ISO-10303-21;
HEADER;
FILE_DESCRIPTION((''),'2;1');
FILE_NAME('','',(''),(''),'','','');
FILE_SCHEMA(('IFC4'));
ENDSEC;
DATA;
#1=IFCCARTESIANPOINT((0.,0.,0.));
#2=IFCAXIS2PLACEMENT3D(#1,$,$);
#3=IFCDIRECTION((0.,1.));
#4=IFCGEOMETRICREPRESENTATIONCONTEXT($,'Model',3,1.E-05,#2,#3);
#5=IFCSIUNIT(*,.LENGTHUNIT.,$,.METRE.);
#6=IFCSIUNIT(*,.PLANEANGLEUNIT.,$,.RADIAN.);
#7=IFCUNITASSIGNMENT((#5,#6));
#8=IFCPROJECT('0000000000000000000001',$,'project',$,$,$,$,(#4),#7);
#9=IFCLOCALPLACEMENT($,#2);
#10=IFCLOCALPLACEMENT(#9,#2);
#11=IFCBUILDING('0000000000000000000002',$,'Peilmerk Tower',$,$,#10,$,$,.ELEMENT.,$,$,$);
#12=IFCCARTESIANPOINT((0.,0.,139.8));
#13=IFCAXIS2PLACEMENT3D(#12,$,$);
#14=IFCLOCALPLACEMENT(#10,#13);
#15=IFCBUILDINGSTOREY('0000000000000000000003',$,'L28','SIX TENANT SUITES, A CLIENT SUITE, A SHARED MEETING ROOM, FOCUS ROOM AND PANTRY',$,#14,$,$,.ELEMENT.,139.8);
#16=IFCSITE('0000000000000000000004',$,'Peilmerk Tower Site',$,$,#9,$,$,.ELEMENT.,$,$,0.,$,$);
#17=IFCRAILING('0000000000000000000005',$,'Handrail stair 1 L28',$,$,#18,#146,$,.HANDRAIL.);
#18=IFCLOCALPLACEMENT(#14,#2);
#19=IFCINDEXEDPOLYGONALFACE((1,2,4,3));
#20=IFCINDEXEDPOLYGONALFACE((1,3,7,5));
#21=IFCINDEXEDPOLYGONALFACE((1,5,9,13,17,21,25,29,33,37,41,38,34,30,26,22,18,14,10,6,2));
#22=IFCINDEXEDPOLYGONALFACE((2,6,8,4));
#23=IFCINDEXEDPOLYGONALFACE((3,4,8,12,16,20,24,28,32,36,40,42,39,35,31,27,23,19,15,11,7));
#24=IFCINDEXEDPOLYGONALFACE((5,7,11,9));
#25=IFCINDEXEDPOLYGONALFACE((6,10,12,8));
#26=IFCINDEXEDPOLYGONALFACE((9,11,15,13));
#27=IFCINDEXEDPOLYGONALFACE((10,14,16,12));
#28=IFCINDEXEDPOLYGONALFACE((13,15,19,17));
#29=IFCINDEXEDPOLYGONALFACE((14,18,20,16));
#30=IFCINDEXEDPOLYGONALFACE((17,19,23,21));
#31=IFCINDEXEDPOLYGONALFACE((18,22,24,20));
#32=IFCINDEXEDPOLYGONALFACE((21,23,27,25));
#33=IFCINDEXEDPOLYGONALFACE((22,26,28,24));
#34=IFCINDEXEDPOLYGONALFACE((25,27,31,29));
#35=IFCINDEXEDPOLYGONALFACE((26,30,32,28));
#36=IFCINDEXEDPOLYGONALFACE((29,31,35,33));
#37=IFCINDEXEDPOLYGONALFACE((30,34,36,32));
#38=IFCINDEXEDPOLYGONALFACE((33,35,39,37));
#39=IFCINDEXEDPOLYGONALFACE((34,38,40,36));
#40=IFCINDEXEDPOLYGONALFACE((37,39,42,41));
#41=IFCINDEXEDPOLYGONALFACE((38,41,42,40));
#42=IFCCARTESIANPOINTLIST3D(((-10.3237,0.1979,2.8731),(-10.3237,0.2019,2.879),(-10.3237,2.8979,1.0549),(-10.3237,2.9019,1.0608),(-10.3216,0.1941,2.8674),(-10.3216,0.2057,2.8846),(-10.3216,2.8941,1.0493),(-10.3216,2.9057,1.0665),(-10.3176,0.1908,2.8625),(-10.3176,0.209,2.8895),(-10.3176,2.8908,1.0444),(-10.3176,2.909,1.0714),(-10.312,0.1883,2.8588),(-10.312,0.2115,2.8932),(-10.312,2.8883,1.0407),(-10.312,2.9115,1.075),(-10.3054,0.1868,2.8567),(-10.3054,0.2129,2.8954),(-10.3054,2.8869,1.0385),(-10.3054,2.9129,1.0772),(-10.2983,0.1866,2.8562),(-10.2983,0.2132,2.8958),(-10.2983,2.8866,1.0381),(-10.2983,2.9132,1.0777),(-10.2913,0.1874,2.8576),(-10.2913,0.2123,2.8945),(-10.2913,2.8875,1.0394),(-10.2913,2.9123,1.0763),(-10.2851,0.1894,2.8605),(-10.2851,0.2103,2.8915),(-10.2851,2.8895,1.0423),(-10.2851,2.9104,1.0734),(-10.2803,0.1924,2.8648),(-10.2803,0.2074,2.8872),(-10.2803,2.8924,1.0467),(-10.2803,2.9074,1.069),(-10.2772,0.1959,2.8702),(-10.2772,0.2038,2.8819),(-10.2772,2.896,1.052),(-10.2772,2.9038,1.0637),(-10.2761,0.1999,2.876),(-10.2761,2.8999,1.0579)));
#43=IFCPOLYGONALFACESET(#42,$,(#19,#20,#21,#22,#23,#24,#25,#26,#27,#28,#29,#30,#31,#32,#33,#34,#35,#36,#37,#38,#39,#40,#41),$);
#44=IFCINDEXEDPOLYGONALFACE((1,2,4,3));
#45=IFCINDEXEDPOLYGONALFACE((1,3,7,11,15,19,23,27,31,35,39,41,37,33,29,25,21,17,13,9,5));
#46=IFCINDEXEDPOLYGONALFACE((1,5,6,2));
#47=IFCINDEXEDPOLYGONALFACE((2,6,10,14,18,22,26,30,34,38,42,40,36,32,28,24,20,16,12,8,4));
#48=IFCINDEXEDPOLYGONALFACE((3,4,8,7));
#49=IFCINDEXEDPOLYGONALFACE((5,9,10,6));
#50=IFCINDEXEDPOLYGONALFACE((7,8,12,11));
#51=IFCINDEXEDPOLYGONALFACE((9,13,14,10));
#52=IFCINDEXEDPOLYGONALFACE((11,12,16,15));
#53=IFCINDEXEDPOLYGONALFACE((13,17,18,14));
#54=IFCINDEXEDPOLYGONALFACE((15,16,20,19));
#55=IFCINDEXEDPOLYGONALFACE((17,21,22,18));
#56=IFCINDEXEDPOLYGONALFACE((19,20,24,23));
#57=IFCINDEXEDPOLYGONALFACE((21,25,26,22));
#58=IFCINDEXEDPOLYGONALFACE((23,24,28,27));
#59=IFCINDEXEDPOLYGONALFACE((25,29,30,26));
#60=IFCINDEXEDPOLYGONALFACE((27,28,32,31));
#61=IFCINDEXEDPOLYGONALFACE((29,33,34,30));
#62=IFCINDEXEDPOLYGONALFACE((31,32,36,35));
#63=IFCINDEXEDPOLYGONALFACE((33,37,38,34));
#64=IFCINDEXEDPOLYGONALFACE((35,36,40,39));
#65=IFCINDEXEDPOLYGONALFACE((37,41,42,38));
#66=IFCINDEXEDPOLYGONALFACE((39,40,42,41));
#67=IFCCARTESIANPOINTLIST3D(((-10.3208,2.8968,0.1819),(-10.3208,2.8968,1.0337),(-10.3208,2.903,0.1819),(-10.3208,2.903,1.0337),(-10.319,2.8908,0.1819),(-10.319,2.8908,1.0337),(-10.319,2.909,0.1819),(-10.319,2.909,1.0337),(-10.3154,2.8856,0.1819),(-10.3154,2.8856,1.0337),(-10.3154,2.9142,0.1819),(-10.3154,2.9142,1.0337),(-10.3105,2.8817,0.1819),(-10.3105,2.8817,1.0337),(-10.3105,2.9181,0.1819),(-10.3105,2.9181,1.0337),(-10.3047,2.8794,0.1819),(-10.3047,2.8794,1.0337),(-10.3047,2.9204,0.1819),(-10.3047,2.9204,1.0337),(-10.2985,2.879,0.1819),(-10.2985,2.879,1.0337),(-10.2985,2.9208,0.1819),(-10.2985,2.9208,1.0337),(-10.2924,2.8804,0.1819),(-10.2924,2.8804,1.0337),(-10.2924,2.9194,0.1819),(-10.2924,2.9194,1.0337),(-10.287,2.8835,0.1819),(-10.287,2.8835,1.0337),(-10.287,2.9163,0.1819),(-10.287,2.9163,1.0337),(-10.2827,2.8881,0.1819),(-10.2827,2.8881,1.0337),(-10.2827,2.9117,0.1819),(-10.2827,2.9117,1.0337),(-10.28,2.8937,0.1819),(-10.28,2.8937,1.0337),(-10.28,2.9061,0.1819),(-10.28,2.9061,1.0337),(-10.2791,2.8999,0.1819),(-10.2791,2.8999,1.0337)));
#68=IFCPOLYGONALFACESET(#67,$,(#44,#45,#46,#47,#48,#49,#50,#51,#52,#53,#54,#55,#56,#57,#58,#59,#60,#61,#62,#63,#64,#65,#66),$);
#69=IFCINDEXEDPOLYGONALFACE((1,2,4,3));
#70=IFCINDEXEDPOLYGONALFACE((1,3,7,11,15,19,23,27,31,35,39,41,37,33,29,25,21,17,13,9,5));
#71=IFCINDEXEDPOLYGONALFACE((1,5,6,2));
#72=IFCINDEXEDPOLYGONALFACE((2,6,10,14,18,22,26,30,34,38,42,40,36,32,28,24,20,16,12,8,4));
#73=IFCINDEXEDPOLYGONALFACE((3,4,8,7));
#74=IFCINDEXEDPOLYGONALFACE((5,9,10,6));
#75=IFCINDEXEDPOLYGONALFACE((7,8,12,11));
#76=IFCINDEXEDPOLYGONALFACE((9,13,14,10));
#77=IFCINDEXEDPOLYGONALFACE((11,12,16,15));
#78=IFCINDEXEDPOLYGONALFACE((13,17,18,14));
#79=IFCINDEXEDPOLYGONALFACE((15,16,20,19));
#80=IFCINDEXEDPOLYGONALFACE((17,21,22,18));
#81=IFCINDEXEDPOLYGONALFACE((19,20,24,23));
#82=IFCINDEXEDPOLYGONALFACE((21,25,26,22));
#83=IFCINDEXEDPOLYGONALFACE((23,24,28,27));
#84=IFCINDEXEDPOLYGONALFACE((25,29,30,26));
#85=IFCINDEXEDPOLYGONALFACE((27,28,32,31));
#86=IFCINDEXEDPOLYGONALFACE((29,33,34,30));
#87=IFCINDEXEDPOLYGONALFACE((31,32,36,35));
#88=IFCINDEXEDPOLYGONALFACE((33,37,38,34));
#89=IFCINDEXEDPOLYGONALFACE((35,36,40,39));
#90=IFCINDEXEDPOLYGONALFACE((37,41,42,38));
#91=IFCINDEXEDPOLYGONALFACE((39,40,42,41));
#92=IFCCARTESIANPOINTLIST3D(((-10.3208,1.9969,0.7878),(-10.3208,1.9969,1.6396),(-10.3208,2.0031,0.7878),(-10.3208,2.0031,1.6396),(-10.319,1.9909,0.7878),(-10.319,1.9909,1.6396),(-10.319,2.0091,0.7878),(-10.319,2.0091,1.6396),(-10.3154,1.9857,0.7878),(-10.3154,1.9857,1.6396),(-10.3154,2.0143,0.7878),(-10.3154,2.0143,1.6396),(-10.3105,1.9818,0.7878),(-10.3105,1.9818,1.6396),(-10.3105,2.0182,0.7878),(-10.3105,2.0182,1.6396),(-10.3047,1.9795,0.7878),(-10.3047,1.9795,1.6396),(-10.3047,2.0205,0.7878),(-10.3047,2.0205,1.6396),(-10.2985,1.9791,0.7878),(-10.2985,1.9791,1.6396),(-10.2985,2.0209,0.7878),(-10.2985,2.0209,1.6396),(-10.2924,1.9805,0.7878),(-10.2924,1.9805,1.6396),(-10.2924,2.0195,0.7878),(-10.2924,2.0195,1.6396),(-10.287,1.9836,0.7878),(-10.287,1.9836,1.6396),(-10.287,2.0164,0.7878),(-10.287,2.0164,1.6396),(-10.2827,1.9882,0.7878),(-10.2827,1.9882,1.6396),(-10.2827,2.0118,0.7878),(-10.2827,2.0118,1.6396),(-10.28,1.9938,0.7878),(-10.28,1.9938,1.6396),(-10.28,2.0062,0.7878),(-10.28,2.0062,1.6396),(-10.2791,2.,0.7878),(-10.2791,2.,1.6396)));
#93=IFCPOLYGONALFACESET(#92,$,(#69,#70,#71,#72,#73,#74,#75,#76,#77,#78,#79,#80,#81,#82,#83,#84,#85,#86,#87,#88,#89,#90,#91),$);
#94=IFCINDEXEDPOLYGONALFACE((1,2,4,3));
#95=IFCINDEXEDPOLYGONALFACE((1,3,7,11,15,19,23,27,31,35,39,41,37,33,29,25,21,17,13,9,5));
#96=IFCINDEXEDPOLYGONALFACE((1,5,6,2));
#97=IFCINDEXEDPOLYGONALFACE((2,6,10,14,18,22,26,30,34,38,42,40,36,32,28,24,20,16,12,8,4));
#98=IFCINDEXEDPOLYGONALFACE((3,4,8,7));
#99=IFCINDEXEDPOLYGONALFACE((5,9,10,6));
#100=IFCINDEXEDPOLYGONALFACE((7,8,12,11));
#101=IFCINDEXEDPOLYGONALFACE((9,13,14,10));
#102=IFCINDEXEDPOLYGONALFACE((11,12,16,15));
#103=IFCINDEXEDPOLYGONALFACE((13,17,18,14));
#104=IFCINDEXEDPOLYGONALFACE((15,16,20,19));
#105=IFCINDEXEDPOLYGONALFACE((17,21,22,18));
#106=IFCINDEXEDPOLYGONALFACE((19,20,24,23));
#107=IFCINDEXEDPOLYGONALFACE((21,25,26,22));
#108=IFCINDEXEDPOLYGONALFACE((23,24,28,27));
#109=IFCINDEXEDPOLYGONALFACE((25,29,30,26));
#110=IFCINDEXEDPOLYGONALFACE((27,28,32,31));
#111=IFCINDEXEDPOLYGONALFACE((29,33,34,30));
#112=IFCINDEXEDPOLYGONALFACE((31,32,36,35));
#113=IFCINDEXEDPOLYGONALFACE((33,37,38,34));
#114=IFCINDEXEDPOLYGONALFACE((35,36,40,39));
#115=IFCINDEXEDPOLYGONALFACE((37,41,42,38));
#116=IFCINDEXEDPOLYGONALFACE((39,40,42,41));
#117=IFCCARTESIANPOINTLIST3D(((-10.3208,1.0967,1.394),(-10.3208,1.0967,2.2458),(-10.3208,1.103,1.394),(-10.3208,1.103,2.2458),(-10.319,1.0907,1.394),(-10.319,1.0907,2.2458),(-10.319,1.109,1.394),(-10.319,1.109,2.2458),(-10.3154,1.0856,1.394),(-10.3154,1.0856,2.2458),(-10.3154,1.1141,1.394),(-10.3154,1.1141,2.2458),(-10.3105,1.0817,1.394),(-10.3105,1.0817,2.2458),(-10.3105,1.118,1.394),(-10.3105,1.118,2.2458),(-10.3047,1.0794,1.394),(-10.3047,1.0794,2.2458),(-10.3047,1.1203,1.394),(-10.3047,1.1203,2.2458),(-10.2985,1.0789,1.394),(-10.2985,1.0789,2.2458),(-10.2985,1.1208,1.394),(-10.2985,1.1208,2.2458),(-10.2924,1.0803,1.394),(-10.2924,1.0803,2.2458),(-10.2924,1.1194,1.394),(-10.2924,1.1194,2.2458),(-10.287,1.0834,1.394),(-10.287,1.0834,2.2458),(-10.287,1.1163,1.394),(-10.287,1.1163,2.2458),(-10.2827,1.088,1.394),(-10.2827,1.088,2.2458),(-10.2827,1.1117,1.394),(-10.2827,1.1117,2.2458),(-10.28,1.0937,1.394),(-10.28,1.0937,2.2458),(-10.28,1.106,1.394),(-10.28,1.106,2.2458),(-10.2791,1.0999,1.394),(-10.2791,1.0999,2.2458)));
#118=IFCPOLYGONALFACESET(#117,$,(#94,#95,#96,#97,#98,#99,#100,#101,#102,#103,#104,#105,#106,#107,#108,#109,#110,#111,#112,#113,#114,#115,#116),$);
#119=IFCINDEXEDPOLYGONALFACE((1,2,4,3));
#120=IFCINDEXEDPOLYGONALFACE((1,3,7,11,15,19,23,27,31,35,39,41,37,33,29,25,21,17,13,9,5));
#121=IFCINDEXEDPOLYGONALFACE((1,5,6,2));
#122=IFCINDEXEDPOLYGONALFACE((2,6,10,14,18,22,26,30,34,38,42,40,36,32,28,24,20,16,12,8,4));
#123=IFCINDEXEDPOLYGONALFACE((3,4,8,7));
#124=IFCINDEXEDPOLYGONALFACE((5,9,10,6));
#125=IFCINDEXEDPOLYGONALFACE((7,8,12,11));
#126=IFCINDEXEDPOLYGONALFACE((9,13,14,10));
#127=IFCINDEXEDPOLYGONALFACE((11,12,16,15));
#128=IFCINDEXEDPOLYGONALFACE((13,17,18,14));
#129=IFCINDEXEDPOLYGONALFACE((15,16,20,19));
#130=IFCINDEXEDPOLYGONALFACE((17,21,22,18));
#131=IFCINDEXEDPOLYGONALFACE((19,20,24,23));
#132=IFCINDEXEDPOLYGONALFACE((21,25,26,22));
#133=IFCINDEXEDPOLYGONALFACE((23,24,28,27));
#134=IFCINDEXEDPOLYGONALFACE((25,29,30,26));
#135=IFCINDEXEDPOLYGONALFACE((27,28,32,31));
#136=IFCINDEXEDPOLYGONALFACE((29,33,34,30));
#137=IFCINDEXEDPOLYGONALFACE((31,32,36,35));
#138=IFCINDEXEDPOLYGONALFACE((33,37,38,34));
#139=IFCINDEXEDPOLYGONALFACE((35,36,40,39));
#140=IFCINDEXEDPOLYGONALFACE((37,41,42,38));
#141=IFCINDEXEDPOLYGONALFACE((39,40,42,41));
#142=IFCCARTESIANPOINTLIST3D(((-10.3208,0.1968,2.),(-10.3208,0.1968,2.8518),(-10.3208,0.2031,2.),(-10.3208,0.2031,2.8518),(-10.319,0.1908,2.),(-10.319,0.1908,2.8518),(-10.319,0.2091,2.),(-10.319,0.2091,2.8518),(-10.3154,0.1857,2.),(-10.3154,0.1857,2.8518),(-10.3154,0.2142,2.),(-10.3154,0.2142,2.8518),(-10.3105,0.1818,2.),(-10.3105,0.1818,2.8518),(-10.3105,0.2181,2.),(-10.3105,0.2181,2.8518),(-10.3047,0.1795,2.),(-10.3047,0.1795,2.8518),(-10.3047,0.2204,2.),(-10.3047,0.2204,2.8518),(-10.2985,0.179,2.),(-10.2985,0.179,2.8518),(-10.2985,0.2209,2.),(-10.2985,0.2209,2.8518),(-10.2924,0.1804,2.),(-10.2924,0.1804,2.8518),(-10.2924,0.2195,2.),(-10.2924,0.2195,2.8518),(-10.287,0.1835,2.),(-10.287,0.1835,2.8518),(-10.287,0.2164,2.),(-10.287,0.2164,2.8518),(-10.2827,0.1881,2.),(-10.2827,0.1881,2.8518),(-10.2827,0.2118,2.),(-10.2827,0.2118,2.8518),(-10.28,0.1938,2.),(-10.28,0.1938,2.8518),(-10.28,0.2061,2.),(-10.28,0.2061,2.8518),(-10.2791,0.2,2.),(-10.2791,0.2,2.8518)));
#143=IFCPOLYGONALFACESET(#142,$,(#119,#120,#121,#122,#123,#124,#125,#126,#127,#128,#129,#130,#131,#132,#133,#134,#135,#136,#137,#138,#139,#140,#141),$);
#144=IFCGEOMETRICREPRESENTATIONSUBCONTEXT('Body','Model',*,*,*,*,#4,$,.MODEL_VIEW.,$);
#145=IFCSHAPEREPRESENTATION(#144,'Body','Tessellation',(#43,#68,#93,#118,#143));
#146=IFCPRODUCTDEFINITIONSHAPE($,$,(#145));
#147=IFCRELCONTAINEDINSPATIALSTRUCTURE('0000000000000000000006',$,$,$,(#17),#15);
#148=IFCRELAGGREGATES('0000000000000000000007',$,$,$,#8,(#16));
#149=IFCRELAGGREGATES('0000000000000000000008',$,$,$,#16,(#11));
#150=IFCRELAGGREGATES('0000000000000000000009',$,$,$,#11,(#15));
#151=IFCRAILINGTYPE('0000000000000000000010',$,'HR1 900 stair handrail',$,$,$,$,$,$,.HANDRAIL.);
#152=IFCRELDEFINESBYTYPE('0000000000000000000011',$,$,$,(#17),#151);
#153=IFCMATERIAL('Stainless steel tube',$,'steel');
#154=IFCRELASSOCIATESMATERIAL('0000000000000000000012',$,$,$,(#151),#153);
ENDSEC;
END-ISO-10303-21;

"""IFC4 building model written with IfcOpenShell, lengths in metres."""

from ifc_helpers import new_model, si_unit, direction, frame, origin, origin_2d, place, context, subcontext, project, spatial, circle, extrude, material, type_object, element, save


model = new_model("IFC4")

# Units and contexts
model_context = context("Model", 3, precision=1e-05, world=origin(), true_north=direction((0.0, 1.0)))
body_context = subcontext(model_context, "Body", "Model", "MODEL_VIEW")
ifc_project = project(units=[si_unit("LENGTHUNIT", "METRE"), si_unit("PLANEANGLEUNIT", "RADIAN")], contexts=[model_context])

# Site, building, storey
site_placement = place(None, origin())
site = spatial("IfcSite", under=ifc_project, at=site_placement, Name="Peilmerk Tower Site", CompositionType="ELEMENT", RefElevation=0.0)
building_placement = place(site_placement, origin())
building = spatial("IfcBuilding", under=site, at=building_placement, Name="Peilmerk Tower", CompositionType="ELEMENT")
storey_placement = place(building_placement, frame((0.0, 0.0, 139.8)))
storey = spatial("IfcBuildingStorey", under=building, at=storey_placement, Name="L28", Description="SIX TENANT SUITES, A CLIENT SUITE, A SHARED MEETING ROOM, FOCUS ROOM AND PANTRY", CompositionType="ELEMENT", Elevation=139.8)

# Railing
ifc_material_1 = material(Name="Stainless steel tube", Category="steel")
railing_type_1 = type_object("IfcRailingType", Name="HR1 900 stair handrail", PredefinedType="HANDRAIL", material=ifc_material_1)
railing_1_placement = place(storey_placement, frame((-10.3, 2.8999, 0.1819)))
element("IfcRailing", 1, at=railing_1_placement, inside=storey, type_object=railing_type_1, Name="Handrail stair 1 L28", PredefinedType="HANDRAIL", context=body_context, shape_type="SweptSolid", body=[
    extrude(circle(Radius=0.0239, at=origin_2d()), frame((0.0, 0.0, 0.876), z_axis=(0.0, -0.829468, 0.558554), x_axis=(1.0, 0.0, 0.0)), (0.0, 0.0, 1.0), 3.2551),
    extrude(circle(Radius=0.021, at=origin_2d()), origin(), (0.0, 0.0, 1.0), 0.8518),
    extrude(circle(Radius=0.021, at=origin_2d()), frame((0.0, -0.8999, 0.606)), (0.0, 0.0, 1.0), 0.8518),
    extrude(circle(Radius=0.021, at=origin_2d()), frame((0.0, -1.8, 1.2122)), (0.0, 0.0, 1.0), 0.8518),
    extrude(circle(Radius=0.021, at=origin_2d()), frame((0.0, -2.7, 1.8181)), (0.0, 0.0, 1.0), 0.8518),
])

save(model, "model.ifc")
